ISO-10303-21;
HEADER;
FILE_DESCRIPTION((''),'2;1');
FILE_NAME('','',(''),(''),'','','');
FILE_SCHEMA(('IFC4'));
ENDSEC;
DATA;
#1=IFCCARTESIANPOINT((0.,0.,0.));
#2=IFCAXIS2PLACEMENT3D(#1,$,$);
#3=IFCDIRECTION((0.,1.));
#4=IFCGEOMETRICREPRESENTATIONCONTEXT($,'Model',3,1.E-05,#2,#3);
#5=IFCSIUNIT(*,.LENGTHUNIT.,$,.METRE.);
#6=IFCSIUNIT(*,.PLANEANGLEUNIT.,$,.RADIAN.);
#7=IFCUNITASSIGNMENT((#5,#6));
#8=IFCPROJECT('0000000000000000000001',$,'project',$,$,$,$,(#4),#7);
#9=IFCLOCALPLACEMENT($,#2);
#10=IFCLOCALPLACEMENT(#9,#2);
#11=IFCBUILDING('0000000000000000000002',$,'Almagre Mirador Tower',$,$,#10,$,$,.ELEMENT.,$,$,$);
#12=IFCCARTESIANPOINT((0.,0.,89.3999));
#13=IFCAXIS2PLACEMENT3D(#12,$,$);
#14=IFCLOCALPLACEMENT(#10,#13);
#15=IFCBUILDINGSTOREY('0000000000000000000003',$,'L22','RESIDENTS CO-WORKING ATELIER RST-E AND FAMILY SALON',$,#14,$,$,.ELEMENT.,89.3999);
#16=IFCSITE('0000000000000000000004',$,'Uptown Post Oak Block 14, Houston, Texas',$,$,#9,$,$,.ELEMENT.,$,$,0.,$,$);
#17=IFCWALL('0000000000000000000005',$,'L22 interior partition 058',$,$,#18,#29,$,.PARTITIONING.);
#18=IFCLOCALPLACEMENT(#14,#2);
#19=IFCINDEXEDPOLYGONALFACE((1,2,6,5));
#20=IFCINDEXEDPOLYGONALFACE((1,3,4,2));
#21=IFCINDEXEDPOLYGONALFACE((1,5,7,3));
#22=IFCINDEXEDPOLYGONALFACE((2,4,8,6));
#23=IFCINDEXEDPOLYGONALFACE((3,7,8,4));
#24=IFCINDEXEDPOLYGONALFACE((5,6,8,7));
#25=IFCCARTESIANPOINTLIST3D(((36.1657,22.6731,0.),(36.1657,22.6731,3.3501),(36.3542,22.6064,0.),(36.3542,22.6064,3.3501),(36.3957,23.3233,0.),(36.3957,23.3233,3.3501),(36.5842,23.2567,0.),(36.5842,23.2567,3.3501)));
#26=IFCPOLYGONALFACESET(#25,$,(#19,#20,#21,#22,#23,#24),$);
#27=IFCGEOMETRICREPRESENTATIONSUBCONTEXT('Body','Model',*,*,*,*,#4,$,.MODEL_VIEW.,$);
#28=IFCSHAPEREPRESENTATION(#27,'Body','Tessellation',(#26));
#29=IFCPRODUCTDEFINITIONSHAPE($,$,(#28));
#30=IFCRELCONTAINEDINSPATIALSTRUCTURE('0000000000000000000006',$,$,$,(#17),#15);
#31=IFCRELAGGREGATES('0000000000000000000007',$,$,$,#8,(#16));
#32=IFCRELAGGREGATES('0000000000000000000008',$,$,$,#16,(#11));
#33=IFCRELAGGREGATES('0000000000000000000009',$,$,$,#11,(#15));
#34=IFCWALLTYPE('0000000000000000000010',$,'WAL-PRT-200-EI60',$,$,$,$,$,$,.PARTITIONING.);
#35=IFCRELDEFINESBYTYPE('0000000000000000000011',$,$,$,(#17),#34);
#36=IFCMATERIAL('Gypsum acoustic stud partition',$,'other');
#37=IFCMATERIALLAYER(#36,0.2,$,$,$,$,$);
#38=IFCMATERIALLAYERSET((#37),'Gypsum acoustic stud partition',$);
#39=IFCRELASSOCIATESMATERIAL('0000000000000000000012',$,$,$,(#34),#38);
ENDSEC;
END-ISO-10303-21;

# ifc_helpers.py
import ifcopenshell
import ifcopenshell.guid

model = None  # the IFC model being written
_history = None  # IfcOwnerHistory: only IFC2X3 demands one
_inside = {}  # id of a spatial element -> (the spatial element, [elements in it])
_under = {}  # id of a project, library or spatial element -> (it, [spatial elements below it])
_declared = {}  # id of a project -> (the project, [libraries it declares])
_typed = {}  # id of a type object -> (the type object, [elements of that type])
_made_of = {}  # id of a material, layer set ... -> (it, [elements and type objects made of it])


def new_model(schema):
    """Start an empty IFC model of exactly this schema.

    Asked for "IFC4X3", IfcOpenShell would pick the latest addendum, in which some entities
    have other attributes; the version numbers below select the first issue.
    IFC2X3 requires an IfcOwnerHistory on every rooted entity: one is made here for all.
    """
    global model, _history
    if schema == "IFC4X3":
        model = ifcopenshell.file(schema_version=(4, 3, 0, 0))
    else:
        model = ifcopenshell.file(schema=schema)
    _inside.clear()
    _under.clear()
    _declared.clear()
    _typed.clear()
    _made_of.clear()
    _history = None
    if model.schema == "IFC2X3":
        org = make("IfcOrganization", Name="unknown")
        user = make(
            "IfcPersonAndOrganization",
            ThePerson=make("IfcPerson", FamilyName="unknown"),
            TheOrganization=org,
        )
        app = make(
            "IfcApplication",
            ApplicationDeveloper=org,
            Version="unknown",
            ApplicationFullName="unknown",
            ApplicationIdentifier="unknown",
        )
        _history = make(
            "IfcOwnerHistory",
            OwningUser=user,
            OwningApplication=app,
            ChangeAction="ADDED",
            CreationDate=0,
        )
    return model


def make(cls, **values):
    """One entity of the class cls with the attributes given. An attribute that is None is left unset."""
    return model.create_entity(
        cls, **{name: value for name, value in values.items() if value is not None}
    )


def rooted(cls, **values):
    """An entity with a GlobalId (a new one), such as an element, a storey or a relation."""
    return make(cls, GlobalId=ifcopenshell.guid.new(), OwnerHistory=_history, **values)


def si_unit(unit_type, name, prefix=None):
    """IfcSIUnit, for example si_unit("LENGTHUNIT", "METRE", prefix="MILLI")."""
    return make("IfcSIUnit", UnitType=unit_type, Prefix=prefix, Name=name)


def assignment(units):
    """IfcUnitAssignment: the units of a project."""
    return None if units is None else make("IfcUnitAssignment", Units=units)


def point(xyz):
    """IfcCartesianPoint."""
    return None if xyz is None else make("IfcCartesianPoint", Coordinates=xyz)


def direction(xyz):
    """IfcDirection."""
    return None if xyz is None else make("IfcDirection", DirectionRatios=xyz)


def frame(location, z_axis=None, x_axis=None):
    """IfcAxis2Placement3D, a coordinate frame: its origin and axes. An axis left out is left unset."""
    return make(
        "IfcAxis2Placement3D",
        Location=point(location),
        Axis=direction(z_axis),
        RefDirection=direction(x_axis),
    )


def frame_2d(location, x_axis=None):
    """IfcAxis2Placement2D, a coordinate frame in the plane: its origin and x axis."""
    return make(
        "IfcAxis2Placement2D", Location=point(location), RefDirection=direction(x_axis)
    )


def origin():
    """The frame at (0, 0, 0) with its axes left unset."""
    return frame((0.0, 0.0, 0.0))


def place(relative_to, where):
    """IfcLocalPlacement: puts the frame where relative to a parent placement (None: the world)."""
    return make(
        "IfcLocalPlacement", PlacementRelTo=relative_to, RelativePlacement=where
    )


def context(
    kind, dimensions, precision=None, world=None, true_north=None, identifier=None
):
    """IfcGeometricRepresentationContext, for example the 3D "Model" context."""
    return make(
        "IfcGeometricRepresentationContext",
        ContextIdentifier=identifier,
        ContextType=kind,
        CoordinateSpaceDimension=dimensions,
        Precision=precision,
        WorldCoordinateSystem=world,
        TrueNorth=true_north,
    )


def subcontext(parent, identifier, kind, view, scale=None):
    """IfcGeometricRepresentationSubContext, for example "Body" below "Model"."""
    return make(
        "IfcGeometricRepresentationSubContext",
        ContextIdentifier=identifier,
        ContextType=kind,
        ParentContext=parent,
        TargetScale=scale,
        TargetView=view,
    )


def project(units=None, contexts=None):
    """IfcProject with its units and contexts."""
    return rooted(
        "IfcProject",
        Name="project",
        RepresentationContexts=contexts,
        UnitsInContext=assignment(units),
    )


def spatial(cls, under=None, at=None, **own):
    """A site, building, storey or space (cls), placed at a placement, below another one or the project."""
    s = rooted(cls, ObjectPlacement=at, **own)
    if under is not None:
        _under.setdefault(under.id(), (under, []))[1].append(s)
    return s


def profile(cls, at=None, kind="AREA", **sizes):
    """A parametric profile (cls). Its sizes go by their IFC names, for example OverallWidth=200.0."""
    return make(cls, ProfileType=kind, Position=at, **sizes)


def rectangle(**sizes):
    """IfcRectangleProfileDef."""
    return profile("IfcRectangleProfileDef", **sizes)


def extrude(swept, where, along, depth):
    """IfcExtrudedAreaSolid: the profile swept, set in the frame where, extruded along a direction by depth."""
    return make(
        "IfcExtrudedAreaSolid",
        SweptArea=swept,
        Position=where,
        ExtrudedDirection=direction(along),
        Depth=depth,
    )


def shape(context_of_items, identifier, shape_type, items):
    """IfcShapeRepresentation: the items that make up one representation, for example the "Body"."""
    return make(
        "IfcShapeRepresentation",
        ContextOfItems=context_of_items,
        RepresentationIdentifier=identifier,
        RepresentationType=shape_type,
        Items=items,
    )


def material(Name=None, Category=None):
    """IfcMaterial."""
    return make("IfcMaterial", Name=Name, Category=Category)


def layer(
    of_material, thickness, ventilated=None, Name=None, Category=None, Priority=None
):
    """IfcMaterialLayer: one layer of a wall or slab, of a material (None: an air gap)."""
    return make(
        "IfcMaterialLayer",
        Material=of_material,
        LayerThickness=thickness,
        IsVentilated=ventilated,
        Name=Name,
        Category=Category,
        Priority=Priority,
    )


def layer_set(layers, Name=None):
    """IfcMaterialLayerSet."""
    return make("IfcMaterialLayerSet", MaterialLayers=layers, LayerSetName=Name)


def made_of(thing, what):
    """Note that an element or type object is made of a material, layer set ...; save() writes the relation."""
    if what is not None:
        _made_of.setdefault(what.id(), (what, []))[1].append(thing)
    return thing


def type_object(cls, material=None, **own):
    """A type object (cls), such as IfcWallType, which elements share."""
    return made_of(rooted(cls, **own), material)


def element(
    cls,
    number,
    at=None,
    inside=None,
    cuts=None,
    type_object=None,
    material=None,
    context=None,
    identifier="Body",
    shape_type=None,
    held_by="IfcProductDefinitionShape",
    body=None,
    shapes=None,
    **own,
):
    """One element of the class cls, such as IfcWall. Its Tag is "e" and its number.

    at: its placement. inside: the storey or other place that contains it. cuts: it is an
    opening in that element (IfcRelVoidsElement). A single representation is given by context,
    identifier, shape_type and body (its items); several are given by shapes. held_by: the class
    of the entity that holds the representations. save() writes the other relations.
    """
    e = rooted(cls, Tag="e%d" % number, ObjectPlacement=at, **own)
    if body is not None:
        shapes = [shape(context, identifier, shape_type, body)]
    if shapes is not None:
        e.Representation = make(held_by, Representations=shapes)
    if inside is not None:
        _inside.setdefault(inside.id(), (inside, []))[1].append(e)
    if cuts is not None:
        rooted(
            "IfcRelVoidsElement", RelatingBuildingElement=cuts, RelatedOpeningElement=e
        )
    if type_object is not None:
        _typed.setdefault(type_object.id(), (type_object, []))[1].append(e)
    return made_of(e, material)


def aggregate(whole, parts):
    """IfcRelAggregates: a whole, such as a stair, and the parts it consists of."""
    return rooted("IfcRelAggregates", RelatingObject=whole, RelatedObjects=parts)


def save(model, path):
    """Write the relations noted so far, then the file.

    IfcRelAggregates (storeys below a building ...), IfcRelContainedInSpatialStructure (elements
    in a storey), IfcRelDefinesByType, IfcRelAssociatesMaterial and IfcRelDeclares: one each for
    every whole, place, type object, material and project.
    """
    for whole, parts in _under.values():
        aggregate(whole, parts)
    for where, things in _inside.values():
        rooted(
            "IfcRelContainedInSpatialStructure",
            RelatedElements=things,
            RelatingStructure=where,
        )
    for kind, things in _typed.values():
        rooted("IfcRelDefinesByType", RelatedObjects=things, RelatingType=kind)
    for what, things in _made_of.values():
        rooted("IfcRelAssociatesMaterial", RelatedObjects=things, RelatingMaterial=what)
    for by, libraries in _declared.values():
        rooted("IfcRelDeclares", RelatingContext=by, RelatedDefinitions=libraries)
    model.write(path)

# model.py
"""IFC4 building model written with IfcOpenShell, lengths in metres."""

from ifc_helpers import new_model, si_unit, direction, frame, frame_2d, origin, place, context, subcontext, project, spatial, rectangle, extrude, material, layer, layer_set, type_object, element, save


model = new_model("IFC4")

# Units and contexts
model_context = context("Model", 3, precision=1e-05, world=origin(), true_north=direction((0.0, 1.0)))
body_context = subcontext(model_context, "Body", "Model", "MODEL_VIEW")
ifc_project = project(units=[si_unit("LENGTHUNIT", "METRE"), si_unit("PLANEANGLEUNIT", "RADIAN")], contexts=[model_context])

# Site, building, storey
site_placement = place(None, origin())
site = spatial("IfcSite", under=ifc_project, at=site_placement, Name="Uptown Post Oak Block 14, Houston, Texas", CompositionType="ELEMENT", RefElevation=0.0)
building_placement = place(site_placement, origin())
building = spatial("IfcBuilding", under=site, at=building_placement, Name="Almagre Mirador Tower", CompositionType="ELEMENT")
storey_placement = place(building_placement, frame((0.0, 0.0, 89.3999)))
storey = spatial("IfcBuildingStorey", under=building, at=storey_placement, Name="L22", Description="RESIDENTS CO-WORKING ATELIER RST-E AND FAMILY SALON", CompositionType="ELEMENT", Elevation=89.3999)

# Shared definitions
ifc_material_1 = material(Name="Gypsum acoustic stud partition", Category="other")
ifc_layer_1 = layer(ifc_material_1, 0.2)
ifc_layer_set_1 = layer_set([ifc_layer_1], Name="Gypsum acoustic stud partition")
wall_type_1 = type_object("IfcWallType", Name="WAL-PRT-200-EI60", PredefinedType="PARTITIONING", material=ifc_layer_set_1)

# Wall
wall_1_placement = place(storey_placement, frame((36.26, 22.6399, 0.0), z_axis=(0.0, 0.0, 1.0), x_axis=(0.333487, 0.942755, 0.0)))
element("IfcWall", 1, at=wall_1_placement, inside=storey, type_object=wall_type_1, Name="L22 interior partition 058", PredefinedType="PARTITIONING", context=body_context, shape_type="SweptSolid", body=[
    extrude(rectangle(XDim=0.6897, YDim=0.2, at=frame_2d((0.3447, 0.0))), origin(), (0.0, 0.0, 1.0), 3.3501),
])

save(model, "model.ifc")
